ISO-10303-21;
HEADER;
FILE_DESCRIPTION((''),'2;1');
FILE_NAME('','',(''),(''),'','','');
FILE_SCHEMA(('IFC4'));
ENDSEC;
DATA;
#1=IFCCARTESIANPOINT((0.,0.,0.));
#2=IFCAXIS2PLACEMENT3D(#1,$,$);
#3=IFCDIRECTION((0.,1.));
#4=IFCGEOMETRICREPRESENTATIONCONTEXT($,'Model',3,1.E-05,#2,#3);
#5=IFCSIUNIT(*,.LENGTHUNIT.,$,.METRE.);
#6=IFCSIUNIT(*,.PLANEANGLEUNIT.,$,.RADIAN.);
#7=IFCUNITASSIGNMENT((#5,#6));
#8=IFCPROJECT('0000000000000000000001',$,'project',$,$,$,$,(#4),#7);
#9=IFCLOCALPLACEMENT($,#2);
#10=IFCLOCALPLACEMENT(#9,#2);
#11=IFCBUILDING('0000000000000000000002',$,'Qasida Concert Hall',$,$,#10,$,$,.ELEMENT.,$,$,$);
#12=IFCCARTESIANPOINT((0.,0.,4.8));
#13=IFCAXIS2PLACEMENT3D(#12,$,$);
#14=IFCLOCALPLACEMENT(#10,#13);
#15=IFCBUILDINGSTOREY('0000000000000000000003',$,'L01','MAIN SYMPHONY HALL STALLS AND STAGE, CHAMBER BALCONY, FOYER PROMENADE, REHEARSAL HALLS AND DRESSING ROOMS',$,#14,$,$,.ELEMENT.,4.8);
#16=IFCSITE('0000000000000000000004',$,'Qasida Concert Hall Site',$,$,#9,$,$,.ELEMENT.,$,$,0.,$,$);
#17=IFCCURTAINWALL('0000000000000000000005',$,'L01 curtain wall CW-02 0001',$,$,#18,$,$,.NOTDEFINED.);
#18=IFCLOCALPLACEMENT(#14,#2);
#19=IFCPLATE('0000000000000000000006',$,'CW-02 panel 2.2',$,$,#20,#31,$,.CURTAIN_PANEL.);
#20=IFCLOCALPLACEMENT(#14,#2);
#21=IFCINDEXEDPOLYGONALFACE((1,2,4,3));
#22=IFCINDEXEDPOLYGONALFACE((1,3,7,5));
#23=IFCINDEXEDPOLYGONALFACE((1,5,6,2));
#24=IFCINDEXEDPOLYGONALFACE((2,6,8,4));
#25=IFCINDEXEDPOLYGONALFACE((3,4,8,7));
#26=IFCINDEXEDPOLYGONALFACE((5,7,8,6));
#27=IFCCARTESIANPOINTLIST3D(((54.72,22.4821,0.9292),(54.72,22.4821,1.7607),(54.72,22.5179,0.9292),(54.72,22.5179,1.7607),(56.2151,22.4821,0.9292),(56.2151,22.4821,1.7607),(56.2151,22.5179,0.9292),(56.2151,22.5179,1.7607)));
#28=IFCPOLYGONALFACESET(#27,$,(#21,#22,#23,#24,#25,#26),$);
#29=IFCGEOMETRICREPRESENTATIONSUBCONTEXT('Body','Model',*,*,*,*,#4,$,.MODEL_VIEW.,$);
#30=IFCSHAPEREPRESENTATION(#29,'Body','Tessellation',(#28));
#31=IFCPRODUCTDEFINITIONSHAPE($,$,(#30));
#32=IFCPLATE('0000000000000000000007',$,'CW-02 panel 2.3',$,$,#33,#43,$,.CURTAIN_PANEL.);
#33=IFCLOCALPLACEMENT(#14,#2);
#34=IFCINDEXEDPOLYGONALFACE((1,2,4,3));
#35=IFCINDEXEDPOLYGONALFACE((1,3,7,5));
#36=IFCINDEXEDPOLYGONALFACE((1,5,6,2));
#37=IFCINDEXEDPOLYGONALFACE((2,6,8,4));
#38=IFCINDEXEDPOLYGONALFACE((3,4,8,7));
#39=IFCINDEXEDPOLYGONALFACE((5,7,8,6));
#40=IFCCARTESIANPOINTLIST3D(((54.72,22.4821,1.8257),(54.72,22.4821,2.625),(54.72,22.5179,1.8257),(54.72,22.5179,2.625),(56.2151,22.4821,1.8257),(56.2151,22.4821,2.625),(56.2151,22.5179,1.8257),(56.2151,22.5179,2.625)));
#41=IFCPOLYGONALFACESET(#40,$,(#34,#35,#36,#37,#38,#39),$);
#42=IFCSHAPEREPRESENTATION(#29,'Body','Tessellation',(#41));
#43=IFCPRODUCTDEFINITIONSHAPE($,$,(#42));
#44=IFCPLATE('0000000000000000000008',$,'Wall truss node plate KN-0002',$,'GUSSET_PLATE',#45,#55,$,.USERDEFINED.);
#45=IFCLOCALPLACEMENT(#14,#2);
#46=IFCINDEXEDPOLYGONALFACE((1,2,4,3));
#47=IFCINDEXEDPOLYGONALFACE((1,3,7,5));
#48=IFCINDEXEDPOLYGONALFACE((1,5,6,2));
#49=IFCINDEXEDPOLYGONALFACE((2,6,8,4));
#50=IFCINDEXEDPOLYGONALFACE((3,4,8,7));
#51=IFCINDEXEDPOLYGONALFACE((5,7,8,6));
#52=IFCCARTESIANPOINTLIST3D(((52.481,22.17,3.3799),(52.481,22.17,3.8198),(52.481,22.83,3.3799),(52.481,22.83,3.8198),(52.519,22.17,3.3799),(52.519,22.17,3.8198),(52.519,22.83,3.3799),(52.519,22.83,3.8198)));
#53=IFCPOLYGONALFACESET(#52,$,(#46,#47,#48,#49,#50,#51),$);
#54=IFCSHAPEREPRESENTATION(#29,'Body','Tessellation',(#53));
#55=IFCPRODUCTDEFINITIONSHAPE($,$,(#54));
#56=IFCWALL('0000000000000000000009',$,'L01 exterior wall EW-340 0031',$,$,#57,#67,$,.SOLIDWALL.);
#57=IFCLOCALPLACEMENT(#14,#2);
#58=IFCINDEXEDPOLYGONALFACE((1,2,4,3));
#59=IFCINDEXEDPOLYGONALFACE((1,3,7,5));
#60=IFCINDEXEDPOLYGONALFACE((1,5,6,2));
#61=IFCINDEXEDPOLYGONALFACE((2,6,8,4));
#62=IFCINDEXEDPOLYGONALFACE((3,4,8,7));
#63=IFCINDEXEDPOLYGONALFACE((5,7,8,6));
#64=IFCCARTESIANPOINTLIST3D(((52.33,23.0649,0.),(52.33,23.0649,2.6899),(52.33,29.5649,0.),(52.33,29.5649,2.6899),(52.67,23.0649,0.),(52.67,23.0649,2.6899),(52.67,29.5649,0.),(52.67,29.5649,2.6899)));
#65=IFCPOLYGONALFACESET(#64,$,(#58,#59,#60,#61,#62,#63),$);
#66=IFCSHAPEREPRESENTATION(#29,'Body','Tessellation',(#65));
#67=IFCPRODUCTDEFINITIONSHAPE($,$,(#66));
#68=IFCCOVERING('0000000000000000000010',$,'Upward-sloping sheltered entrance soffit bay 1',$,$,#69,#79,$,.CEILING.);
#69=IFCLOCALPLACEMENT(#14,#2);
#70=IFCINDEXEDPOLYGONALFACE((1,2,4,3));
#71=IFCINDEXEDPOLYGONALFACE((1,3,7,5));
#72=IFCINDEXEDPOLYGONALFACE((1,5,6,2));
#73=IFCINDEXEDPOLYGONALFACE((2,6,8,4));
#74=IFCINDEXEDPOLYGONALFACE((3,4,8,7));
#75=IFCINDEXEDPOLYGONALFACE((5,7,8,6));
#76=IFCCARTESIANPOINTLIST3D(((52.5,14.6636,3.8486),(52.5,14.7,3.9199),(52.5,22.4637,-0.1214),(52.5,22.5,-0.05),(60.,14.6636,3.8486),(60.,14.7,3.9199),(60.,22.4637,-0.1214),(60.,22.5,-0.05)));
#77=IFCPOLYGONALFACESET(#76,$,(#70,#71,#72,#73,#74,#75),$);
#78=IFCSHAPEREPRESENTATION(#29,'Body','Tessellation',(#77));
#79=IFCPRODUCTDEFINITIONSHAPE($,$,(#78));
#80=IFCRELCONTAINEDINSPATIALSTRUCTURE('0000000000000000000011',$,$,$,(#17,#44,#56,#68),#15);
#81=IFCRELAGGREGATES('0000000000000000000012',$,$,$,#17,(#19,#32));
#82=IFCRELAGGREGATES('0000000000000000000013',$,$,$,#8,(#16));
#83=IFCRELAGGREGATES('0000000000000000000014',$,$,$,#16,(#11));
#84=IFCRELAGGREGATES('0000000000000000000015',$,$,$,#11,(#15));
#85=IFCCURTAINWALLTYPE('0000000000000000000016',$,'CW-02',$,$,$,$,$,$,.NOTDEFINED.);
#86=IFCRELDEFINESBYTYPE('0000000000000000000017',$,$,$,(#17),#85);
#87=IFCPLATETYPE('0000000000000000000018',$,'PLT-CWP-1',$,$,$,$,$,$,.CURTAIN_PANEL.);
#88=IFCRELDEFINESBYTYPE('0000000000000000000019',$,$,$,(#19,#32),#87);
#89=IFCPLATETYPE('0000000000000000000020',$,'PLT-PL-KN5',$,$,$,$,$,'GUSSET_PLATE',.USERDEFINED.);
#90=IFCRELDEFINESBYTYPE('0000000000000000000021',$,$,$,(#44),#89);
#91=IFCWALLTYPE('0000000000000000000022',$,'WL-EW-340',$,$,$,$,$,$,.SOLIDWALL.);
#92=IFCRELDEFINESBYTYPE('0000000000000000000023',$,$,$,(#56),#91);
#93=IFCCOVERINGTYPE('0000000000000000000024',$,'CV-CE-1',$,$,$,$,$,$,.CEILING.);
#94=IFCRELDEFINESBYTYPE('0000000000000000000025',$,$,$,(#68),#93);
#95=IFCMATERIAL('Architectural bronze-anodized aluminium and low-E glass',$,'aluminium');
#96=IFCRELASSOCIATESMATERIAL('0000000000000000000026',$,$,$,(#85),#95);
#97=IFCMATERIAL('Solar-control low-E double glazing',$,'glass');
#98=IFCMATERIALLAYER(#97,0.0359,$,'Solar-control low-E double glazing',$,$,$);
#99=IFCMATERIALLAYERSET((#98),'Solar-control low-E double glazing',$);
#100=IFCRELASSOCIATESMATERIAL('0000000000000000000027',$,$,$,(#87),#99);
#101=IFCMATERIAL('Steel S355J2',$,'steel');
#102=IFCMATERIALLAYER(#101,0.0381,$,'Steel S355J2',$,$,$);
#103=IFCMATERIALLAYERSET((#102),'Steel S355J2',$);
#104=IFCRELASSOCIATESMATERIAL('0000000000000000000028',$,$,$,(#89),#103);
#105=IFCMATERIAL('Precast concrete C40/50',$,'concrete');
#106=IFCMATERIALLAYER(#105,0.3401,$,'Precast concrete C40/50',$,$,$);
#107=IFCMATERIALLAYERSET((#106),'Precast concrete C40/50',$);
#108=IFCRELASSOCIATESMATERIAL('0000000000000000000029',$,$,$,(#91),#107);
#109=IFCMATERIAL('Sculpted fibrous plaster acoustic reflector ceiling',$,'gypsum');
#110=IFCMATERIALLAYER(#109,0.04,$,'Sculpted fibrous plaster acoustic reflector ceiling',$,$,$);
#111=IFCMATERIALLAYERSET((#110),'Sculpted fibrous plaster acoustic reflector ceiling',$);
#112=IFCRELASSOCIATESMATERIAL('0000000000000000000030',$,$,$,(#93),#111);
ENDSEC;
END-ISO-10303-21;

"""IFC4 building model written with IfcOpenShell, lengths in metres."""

from ifc_helpers import new_model, si_unit, direction, frame, frame_2d, origin, origin_2d, place, context, subcontext, project, spatial, polyline, rectangle, outline, extrude, material, layer, layer_set, type_object, element, aggregate, save


model = new_model("IFC4")

# Units and contexts
model_context = context("Model", 3, precision=1e-05, world=origin(), true_north=direction((0.0, 1.0)))
body_context = subcontext(model_context, "Body", "Model", "MODEL_VIEW")
ifc_project = project(units=[si_unit("LENGTHUNIT", "METRE"), si_unit("PLANEANGLEUNIT", "RADIAN")], contexts=[model_context])

# Site, building, storey
site_placement = place(None, origin())
site = spatial("IfcSite", under=ifc_project, at=site_placement, Name="Qasida Concert Hall Site", CompositionType="ELEMENT", RefElevation=0.0)
building_placement = place(site_placement, origin())
building = spatial("IfcBuilding", under=site, at=building_placement, Name="Qasida Concert Hall", CompositionType="ELEMENT")
storey_placement = place(building_placement, frame((0.0, 0.0, 4.8)))
storey = spatial("IfcBuildingStorey", under=building, at=storey_placement, Name="L01", Description="MAIN SYMPHONY HALL STALLS AND STAGE, CHAMBER BALCONY, FOYER PROMENADE, REHEARSAL HALLS AND DRESSING ROOMS", CompositionType="ELEMENT", Elevation=4.8)

# Shared definitions
ifc_material_1 = material(Name="Steel S355J2", Category="steel")

# Curtain wall, plates
ifc_material_2 = material(Name="Architectural bronze-anodized aluminium and low-E glass", Category="aluminium")
curtain_wall_type = type_object("IfcCurtainWallType", Name="CW-02", PredefinedType="NOTDEFINED", material=ifc_material_2)
curtain_wall_placement = place(storey_placement, origin())
curtain_wall = element("IfcCurtainWall", 1, at=curtain_wall_placement, inside=storey, type_object=curtain_wall_type, Name="L01 curtain wall CW-02 0001", PredefinedType="NOTDEFINED")
ifc_material_3 = material(Name="Solar-control low-E double glazing", Category="glass")
ifc_layer_1 = layer(ifc_material_3, 0.0359, Name="Solar-control low-E double glazing")
ifc_layer_set_1 = layer_set([ifc_layer_1], Name="Solar-control low-E double glazing")
plate_type_1 = type_object("IfcPlateType", Name="PLT-CWP-1", PredefinedType="CURTAIN_PANEL", material=ifc_layer_set_1)
plate_1_placement = place(storey_placement, frame((55.4675, 22.5, 0.9292), z_axis=(0.0, 0.0, 1.0), x_axis=(1.0, 0.0, 0.0)))
plate_1 = element("IfcPlate", 2, at=plate_1_placement, type_object=plate_type_1, Name="CW-02 panel 2.2", PredefinedType="CURTAIN_PANEL", context=body_context, shape_type="SweptSolid", body=[
    extrude(rectangle(XDim=1.4951, YDim=0.0359, at=origin_2d()), origin(), (0.0, 0.0, 1.0), 0.8315),
])
plate_2_placement = place(storey_placement, frame((55.4675, 22.5, 1.8257), z_axis=(0.0, 0.0, 1.0), x_axis=(1.0, 0.0, 0.0)))
plate_2 = element("IfcPlate", 3, at=plate_2_placement, type_object=plate_type_1, Name="CW-02 panel 2.3", PredefinedType="CURTAIN_PANEL", context=body_context, shape_type="SweptSolid", body=[
    extrude(rectangle(XDim=1.4951, YDim=0.0359, at=origin_2d()), origin(), (0.0, 0.0, 1.0), 0.7993),
])
aggregate(curtain_wall, [plate_1, plate_2])

# Plate
ifc_layer_2 = layer(ifc_material_1, 0.0381, Name="Steel S355J2")
ifc_layer_set_2 = layer_set([ifc_layer_2], Name="Steel S355J2")
plate_type_2 = type_object("IfcPlateType", Name="PLT-PL-KN5", ElementType="GUSSET_PLATE", PredefinedType="USERDEFINED", material=ifc_layer_set_2)
plate_3_placement = place(storey_placement, frame((52.5, 22.5, 3.3799), z_axis=(0.0, 0.0, 1.0), x_axis=(1.0, 0.0, 0.0)))
element("IfcPlate", 4, at=plate_3_placement, inside=storey, type_object=plate_type_2, Name="Wall truss node plate KN-0002", ObjectType="GUSSET_PLATE", PredefinedType="USERDEFINED", context=body_context, shape_type="SweptSolid", body=[
    extrude(rectangle(XDim=0.0381, YDim=0.6599, at=origin_2d()), origin(), (0.0, 0.0, 1.0), 0.4399),
])

# Wall
ifc_material_4 = material(Name="Precast concrete C40/50", Category="concrete")
ifc_layer_3 = layer(ifc_material_4, 0.3401, Name="Precast concrete C40/50")
ifc_layer_set_3 = layer_set([ifc_layer_3], Name="Precast concrete C40/50")
wall_type = type_object("IfcWallType", Name="WL-EW-340", PredefinedType="SOLIDWALL", material=ifc_layer_set_3)
wall_placement = place(storey_placement, frame((52.5, 23.0649, 0.0), z_axis=(0.0, 0.0, 1.0), x_axis=(0.0, 1.0, 0.0)))
element("IfcWall", 5, at=wall_placement, inside=storey, type_object=wall_type, Name="L01 exterior wall EW-340 0031", PredefinedType="SOLIDWALL", context=body_context, shape_type="SweptSolid", body=[
    extrude(rectangle(XDim=6.5, YDim=0.3401, at=frame_2d((3.25, 0.0))), origin(), (0.0, 0.0, 1.0), 2.6899),
])

# Covering
ifc_material_5 = material(Name="Sculpted fibrous plaster acoustic reflector ceiling", Category="gypsum")
ifc_layer_4 = layer(ifc_material_5, 0.04, Name="Sculpted fibrous plaster acoustic reflector ceiling")
ifc_layer_set_4 = layer_set([ifc_layer_4], Name="Sculpted fibrous plaster acoustic reflector ceiling")
covering_type = type_object("IfcCoveringType", Name="CV-CE-1", PredefinedType="CEILING", material=ifc_layer_set_4)
covering_placement = place(storey_placement, frame((52.5, 22.5, -0.05), z_axis=(0.0, 0.453596, 0.891208), x_axis=(1.0, 0.0, 0.0)))
element("IfcCovering", 6, at=covering_placement, inside=storey, type_object=covering_type, Name="Upward-sloping sheltered entrance soffit bay 1", PredefinedType="CEILING", context=body_context, shape_type="SweptSolid", body=[
    extrude(outline(polyline([(0.0, 0.0), (7.5, 0.0), (7.5, -8.7522), (0.0, -8.7522), (0.0, 0.0)])), origin(), (0.0, 0.0, -1.0), 0.0801),
])

save(model, "model.ifc")
